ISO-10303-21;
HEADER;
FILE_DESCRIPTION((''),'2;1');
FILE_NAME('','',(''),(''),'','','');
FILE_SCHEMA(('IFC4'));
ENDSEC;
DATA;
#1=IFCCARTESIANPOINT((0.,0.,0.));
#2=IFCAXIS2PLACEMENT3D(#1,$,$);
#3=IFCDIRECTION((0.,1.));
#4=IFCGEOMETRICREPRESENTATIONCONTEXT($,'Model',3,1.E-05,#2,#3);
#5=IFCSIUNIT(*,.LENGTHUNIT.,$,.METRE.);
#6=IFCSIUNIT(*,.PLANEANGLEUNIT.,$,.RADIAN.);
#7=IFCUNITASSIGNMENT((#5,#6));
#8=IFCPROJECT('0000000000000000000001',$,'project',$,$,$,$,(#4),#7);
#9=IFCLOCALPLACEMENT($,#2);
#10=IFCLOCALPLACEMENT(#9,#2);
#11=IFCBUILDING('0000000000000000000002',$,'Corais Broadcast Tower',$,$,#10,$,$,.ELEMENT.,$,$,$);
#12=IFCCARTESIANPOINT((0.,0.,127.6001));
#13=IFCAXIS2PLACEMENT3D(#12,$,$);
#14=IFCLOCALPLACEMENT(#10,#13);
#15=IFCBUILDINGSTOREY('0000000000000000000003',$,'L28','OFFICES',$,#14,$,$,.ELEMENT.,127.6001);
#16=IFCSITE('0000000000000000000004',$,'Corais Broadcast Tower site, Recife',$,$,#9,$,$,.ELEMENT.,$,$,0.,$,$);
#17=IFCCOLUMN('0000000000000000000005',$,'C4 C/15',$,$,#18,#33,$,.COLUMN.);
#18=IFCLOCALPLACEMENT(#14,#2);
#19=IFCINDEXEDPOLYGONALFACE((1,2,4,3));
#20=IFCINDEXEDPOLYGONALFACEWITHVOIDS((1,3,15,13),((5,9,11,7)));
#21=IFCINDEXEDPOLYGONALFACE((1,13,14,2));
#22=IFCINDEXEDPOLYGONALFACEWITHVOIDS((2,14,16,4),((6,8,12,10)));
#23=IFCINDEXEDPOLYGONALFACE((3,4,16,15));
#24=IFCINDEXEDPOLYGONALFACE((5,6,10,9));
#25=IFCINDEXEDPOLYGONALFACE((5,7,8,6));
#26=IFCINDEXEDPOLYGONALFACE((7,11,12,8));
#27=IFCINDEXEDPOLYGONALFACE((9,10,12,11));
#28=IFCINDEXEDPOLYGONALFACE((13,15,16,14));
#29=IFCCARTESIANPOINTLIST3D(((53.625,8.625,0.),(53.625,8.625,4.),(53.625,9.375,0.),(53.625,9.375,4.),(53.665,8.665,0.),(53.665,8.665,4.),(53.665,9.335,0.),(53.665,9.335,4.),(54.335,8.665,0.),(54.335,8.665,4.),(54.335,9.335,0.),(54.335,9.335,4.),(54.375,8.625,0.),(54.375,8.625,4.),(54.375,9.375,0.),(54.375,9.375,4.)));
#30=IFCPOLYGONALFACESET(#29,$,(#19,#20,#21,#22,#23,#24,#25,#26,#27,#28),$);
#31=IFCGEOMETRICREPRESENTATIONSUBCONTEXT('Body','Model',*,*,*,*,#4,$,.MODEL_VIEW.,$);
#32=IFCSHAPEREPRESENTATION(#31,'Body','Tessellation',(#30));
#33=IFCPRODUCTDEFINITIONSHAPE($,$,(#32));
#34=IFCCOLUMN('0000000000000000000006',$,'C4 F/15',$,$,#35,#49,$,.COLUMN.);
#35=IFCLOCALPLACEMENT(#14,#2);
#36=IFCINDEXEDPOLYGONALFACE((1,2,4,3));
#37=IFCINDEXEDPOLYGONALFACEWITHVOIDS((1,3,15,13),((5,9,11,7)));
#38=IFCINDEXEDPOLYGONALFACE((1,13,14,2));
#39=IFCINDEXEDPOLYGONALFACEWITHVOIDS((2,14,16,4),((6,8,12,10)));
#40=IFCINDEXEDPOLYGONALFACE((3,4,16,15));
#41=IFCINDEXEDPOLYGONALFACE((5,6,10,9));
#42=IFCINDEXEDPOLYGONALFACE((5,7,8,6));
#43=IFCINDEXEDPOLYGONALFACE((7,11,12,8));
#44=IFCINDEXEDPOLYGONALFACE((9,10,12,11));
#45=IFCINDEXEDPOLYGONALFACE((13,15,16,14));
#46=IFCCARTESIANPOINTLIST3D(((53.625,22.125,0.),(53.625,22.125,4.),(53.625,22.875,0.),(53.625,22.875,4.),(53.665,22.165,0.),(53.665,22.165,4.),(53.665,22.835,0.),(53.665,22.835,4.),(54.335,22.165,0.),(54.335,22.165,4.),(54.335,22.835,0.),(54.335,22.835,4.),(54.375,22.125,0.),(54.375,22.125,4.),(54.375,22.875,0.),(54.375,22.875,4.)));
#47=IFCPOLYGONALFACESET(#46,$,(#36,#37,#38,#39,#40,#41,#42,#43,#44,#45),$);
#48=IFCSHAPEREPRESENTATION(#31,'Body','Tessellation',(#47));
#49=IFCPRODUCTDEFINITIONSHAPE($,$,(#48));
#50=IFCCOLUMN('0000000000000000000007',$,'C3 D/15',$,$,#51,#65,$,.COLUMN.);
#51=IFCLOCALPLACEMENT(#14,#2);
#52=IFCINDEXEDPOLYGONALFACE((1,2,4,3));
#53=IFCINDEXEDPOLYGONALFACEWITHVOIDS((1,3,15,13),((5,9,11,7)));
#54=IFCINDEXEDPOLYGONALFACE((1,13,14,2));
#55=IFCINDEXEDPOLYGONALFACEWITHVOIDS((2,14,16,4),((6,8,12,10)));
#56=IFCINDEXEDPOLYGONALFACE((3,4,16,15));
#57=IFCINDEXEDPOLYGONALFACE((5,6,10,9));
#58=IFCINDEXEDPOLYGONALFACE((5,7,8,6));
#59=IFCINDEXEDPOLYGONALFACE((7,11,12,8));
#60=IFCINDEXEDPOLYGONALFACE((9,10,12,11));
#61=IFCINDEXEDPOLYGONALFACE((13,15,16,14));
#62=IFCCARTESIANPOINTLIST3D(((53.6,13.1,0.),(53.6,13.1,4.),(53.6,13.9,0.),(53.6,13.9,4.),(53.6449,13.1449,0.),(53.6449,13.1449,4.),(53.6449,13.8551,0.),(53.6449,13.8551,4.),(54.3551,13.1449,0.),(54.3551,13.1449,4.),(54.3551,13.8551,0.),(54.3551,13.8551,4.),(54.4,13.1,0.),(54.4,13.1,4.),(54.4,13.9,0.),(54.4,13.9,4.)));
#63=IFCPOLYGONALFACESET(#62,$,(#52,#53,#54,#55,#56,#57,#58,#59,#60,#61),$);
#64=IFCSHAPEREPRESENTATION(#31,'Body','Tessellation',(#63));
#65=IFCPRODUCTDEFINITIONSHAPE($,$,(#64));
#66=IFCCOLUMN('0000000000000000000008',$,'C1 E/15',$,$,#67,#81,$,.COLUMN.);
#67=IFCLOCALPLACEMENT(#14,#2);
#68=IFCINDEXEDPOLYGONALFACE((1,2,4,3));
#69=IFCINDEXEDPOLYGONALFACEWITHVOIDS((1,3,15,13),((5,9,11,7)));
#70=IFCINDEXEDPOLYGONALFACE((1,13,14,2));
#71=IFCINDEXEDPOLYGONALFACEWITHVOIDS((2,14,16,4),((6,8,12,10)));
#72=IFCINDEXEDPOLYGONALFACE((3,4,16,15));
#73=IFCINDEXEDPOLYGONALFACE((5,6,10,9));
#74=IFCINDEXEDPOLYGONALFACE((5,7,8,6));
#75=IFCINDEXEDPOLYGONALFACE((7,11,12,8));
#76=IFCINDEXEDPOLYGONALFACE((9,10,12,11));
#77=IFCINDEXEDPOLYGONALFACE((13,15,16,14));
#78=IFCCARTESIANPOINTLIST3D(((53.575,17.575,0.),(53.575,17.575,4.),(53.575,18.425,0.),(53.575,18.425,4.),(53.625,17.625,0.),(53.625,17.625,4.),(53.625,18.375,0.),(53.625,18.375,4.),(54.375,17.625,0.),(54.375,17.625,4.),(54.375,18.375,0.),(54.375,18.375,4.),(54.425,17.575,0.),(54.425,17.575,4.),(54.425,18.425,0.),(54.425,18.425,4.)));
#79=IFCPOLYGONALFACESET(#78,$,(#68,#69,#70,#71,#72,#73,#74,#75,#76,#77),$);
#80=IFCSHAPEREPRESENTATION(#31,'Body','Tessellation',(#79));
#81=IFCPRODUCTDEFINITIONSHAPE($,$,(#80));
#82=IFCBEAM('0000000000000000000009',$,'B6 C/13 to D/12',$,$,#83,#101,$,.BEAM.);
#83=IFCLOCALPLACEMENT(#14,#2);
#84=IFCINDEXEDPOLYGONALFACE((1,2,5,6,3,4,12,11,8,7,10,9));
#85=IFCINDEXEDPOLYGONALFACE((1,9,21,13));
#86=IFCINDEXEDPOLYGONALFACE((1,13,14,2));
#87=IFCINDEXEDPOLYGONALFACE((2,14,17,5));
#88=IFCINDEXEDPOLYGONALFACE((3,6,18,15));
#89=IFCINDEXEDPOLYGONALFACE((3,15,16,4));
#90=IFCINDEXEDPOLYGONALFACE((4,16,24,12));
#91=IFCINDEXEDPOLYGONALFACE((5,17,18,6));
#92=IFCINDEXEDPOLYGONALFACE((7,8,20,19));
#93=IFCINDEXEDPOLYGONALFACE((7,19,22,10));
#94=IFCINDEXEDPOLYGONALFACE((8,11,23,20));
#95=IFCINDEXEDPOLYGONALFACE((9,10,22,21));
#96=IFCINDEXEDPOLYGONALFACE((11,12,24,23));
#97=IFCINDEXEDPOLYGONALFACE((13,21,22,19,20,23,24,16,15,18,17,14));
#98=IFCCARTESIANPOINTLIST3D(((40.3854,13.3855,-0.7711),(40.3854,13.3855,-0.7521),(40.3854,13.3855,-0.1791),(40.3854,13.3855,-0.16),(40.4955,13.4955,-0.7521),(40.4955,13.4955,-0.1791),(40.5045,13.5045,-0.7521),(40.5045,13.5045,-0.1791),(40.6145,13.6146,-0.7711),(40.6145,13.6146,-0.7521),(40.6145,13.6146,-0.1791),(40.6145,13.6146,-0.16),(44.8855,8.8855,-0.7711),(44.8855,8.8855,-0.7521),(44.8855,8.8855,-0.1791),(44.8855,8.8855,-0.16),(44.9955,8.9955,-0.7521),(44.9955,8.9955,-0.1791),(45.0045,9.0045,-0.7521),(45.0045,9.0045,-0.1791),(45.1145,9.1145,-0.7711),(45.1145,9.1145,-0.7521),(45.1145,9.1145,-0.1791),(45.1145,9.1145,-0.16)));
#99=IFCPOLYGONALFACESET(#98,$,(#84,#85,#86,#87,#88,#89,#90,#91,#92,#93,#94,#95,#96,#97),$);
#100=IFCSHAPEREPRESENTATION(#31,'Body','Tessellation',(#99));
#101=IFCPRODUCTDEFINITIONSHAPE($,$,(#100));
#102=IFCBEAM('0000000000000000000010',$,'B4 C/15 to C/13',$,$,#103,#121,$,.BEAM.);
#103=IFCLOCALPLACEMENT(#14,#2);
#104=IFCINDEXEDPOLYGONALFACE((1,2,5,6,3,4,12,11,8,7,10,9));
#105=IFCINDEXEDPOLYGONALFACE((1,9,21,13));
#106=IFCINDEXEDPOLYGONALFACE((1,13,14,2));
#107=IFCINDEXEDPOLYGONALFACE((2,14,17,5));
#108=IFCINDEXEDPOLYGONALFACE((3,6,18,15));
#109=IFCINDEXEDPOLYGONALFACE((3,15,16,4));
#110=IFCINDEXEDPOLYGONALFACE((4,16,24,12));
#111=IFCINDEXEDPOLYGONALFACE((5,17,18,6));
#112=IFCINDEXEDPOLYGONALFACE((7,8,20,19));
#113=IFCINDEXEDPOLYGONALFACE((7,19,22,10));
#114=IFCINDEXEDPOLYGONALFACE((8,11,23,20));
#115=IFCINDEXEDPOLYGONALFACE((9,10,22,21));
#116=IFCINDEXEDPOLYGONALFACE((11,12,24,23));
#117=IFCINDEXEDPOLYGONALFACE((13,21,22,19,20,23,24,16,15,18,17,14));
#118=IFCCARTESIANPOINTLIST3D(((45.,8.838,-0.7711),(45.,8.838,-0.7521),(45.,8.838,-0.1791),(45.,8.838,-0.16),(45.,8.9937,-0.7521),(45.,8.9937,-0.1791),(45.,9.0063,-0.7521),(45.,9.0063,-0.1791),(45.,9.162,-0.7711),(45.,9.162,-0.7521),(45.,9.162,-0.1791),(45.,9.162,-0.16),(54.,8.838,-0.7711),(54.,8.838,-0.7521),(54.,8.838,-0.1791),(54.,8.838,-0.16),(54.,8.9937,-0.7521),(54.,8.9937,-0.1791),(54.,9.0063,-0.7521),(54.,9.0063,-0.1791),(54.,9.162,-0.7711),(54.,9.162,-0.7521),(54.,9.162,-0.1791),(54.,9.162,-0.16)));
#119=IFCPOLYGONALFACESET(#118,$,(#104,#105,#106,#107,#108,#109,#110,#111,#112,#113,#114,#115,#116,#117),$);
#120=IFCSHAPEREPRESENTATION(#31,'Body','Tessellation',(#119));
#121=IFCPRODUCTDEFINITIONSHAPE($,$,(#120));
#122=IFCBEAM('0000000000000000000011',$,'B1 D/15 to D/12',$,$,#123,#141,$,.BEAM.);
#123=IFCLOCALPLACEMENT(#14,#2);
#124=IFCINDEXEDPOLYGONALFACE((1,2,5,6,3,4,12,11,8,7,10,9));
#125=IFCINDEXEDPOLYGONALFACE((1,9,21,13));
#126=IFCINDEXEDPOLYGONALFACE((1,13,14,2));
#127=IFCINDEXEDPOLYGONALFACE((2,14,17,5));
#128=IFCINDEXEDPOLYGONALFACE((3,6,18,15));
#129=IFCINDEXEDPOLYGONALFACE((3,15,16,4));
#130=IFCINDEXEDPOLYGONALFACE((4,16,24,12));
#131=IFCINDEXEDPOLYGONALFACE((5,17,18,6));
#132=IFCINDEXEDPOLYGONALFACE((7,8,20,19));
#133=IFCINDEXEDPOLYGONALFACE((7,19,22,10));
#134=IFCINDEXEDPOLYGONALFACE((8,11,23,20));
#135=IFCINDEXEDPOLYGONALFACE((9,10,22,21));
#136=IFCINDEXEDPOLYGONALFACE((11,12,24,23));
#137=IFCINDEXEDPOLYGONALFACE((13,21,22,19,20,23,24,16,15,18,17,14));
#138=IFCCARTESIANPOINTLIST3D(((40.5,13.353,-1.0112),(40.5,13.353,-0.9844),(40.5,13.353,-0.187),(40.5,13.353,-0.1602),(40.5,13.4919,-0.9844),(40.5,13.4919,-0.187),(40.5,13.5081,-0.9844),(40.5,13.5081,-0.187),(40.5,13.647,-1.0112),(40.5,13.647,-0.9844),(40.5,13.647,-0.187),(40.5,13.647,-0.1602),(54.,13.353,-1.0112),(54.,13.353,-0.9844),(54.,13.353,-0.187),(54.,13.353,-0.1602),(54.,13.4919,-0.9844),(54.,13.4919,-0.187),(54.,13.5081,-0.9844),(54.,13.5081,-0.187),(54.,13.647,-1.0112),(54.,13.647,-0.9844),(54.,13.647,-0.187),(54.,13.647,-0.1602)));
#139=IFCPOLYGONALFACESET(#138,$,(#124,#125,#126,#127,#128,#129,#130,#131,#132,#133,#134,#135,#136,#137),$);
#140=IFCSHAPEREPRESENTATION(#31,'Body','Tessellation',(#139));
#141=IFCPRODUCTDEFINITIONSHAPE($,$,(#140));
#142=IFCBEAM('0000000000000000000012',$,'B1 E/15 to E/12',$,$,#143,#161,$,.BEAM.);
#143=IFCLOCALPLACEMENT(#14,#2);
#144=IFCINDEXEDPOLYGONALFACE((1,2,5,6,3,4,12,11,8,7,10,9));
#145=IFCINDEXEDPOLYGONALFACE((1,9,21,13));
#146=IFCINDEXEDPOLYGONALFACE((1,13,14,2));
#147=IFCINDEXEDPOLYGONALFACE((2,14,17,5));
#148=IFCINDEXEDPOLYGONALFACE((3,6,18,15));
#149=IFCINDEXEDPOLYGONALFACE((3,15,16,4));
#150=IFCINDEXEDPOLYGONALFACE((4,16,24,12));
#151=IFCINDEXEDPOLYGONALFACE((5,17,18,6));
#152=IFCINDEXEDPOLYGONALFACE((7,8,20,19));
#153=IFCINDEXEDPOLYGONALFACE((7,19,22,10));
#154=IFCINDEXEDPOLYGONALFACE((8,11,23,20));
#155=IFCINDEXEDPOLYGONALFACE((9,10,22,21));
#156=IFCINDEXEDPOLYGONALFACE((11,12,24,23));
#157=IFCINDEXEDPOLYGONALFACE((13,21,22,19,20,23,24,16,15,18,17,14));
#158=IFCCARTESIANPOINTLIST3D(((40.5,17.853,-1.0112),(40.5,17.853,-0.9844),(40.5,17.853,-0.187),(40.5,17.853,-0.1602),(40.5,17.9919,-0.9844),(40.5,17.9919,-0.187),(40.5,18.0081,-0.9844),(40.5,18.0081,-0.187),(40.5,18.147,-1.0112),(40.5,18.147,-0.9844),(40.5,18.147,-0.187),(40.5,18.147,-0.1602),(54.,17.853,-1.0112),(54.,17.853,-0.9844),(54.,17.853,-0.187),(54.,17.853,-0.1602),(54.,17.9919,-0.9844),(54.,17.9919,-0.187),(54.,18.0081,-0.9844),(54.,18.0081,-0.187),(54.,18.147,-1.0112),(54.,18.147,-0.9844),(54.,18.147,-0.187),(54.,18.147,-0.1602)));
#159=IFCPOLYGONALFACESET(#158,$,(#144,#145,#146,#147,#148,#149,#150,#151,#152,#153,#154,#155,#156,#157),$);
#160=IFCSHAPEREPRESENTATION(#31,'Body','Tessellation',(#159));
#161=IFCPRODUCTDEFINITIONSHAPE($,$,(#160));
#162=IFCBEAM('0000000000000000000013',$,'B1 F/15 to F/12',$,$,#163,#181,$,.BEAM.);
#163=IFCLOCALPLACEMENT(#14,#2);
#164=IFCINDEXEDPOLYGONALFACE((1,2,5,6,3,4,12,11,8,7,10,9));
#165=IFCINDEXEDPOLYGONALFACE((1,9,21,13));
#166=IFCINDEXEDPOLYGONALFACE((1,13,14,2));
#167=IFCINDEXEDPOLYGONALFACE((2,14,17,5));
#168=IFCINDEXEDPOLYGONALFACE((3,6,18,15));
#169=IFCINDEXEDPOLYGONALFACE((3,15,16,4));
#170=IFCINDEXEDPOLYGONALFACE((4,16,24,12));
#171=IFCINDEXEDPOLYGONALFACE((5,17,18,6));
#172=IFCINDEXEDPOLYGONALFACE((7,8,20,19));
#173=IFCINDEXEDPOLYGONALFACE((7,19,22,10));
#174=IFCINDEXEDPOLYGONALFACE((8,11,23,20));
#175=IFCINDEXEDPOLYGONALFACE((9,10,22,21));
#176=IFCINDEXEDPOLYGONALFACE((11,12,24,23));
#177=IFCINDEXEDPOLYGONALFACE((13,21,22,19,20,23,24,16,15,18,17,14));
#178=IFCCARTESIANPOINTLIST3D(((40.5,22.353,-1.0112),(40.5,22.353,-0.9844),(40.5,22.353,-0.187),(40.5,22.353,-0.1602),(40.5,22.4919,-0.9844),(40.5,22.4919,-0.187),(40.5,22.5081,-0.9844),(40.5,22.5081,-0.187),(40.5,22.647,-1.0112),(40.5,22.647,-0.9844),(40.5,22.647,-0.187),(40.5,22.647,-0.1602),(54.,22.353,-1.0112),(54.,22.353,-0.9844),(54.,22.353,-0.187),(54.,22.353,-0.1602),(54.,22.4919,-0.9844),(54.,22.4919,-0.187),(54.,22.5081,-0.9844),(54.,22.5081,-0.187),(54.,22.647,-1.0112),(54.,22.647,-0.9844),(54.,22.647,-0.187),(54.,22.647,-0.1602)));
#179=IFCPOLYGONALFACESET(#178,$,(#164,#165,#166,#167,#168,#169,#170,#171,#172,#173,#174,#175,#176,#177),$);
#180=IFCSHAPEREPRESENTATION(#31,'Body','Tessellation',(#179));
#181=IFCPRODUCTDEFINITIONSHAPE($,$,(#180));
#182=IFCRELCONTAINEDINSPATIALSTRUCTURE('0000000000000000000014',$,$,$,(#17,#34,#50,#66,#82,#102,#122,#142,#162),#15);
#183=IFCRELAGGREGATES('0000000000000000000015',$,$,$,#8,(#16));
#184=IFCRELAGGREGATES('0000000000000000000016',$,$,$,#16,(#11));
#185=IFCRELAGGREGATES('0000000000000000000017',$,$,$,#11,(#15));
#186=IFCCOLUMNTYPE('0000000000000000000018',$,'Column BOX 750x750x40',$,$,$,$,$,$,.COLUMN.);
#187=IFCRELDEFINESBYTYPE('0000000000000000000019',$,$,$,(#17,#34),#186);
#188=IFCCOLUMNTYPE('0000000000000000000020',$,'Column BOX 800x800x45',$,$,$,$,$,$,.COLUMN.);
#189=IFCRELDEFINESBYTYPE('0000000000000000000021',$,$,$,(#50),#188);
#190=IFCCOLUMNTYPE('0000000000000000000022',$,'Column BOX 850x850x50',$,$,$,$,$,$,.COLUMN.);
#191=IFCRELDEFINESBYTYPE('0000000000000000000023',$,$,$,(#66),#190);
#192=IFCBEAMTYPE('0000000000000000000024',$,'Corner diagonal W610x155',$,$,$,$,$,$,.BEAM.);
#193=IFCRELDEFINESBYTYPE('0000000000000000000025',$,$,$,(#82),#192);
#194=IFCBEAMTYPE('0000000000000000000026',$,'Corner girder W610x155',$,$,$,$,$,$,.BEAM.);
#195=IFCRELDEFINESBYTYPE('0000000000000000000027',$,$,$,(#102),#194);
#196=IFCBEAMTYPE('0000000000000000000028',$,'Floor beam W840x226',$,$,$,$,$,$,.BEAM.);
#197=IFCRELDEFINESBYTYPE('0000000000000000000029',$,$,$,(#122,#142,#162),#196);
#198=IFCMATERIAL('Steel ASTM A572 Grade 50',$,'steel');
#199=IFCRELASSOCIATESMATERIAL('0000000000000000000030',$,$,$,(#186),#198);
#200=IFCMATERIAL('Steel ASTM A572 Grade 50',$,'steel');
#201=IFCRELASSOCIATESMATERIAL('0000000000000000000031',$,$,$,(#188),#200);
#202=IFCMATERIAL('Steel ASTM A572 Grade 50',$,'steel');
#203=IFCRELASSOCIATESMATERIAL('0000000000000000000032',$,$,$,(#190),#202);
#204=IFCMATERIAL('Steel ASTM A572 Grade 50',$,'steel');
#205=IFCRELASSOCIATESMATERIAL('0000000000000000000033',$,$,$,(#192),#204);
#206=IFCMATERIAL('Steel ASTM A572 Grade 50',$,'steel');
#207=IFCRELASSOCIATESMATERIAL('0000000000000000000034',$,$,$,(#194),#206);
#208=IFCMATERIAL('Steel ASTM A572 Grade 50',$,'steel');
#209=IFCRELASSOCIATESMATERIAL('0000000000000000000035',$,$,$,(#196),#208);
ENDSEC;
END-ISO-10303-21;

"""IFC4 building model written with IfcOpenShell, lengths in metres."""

from ifc_helpers import new_model, si_unit, direction, frame, origin, origin_2d, place, context, subcontext, project, spatial, hollow_rectangle, i_section, extrude, material, material_profile, profile_set, type_object, element, save


model = new_model("IFC4")

# Units and contexts
model_context = context("Model", 3, precision=1e-05, world=origin(), true_north=direction((0.0, 1.0)))
body_context = subcontext(model_context, "Body", "Model", "MODEL_VIEW")
ifc_project = project(units=[si_unit("LENGTHUNIT", "METRE"), si_unit("PLANEANGLEUNIT", "RADIAN")], contexts=[model_context])

# Site, building, storey
site_placement = place(None, origin())
site = spatial("IfcSite", under=ifc_project, at=site_placement, Name="Corais Broadcast Tower site, Recife", CompositionType="ELEMENT", RefElevation=0.0)
building_placement = place(site_placement, origin())
building = spatial("IfcBuilding", under=site, at=building_placement, Name="Corais Broadcast Tower", CompositionType="ELEMENT")
storey_placement = place(building_placement, frame((0.0, 0.0, 127.6001)))
storey = spatial("IfcBuildingStorey", under=building, at=storey_placement, Name="L28", Description="OFFICES", CompositionType="ELEMENT", Elevation=127.6001)

# Columns
ifc_material_1 = material(Name="Steel ASTM A572 Grade 50", Category="steel")
ifc_material_profile_1 = material_profile(ifc_material_1, hollow_rectangle(XDim=0.75, YDim=0.75, WallThickness=0.04, at=origin_2d()), Name="BOX 750x750x40")
ifc_profile_set_1 = profile_set([ifc_material_profile_1], Name="Steel ASTM A572 Grade 50")
column_type_1 = type_object("IfcColumnType", Name="Column BOX 750x750x40", PredefinedType="COLUMN", material=ifc_profile_set_1)
for number, where, z_axis, x_axis, name in (
    (1, (54.0, 9.0, 0.0), (0.0, 0.0, 1.0), (1.0, 0.0, 0.0), "C4 C/15"),
    (2, (54.0, 22.5, 0.0), (0.0, 0.0, 1.0), (1.0, 0.0, 0.0), "C4 F/15"),
):
    element("IfcColumn", number, at=place(storey_placement, frame(where, z_axis=z_axis, x_axis=x_axis)), inside=storey, type_object=column_type_1, Name=name, PredefinedType="COLUMN", context=body_context, shape_type="SweptSolid", body=[
        extrude(hollow_rectangle(XDim=0.75, YDim=0.75, WallThickness=0.04, at=origin_2d()), origin(), (0.0, 0.0, 1.0), 4.0),
    ])
ifc_material_2 = material(Name="Steel ASTM A572 Grade 50", Category="steel")
ifc_material_profile_2 = material_profile(ifc_material_2, hollow_rectangle(XDim=0.8, YDim=0.8, WallThickness=0.0449, at=origin_2d()), Name="BOX 800x800x45")
ifc_profile_set_2 = profile_set([ifc_material_profile_2], Name="Steel ASTM A572 Grade 50")
column_type_2 = type_object("IfcColumnType", Name="Column BOX 800x800x45", PredefinedType="COLUMN", material=ifc_profile_set_2)
column_1_placement = place(storey_placement, frame((54.0, 13.5, 0.0), z_axis=(0.0, 0.0, 1.0), x_axis=(1.0, 0.0, 0.0)))
element("IfcColumn", 3, at=column_1_placement, inside=storey, type_object=column_type_2, Name="C3 D/15", PredefinedType="COLUMN", context=body_context, shape_type="SweptSolid", body=[
    extrude(hollow_rectangle(XDim=0.8, YDim=0.8, WallThickness=0.0449, at=origin_2d()), origin(), (0.0, 0.0, 1.0), 4.0),
])
ifc_material_3 = material(Name="Steel ASTM A572 Grade 50", Category="steel")
ifc_material_profile_3 = material_profile(ifc_material_3, hollow_rectangle(XDim=0.8501, YDim=0.8501, WallThickness=0.05, at=origin_2d()), Name="BOX 850x850x50")
ifc_profile_set_3 = profile_set([ifc_material_profile_3], Name="Steel ASTM A572 Grade 50")
column_type_3 = type_object("IfcColumnType", Name="Column BOX 850x850x50", PredefinedType="COLUMN", material=ifc_profile_set_3)
column_2_placement = place(storey_placement, frame((54.0, 18.0, 0.0), z_axis=(0.0, 0.0, 1.0), x_axis=(1.0, 0.0, 0.0)))
element("IfcColumn", 4, at=column_2_placement, inside=storey, type_object=column_type_3, Name="C1 E/15", PredefinedType="COLUMN", context=body_context, shape_type="SweptSolid", body=[
    extrude(hollow_rectangle(XDim=0.8501, YDim=0.8501, WallThickness=0.05, at=origin_2d()), origin(), (0.0, 0.0, 1.0), 4.0),
])

# Beams
ifc_material_4 = material(Name="Steel ASTM A572 Grade 50", Category="steel")
ifc_material_profile_4 = material_profile(ifc_material_4, i_section(OverallWidth=0.324, OverallDepth=0.6111, WebThickness=0.0127, FlangeThickness=0.019, at=origin_2d()), Name="W610x155")
ifc_profile_set_4 = profile_set([ifc_material_profile_4], Name="Steel ASTM A572 Grade 50")
beam_type_1 = type_object("IfcBeamType", Name="Corner diagonal W610x155", PredefinedType="BEAM", material=ifc_profile_set_4)
beam_1_placement = place(storey_placement, frame((45.0, 9.0, -0.4656), z_axis=(-0.707107, 0.707107, 0.0), x_axis=(-0.707107, -0.707107, 0.0)))
element("IfcBeam", 5, at=beam_1_placement, inside=storey, type_object=beam_type_1, Name="B6 C/13 to D/12", PredefinedType="BEAM", context=body_context, shape_type="SweptSolid", body=[
    extrude(i_section(OverallWidth=0.324, OverallDepth=0.6111, WebThickness=0.0127, FlangeThickness=0.019, at=origin_2d()), origin(), (0.0, 0.0, 1.0), 6.364),
])
ifc_material_5 = material(Name="Steel ASTM A572 Grade 50", Category="steel")
ifc_material_profile_5 = material_profile(ifc_material_5, i_section(OverallWidth=0.324, OverallDepth=0.6111, WebThickness=0.0127, FlangeThickness=0.019, at=origin_2d()), Name="W610x155")
ifc_profile_set_5 = profile_set([ifc_material_profile_5], Name="Steel ASTM A572 Grade 50")
beam_type_2 = type_object("IfcBeamType", Name="Corner girder W610x155", PredefinedType="BEAM", material=ifc_profile_set_5)
beam_2_placement = place(storey_placement, frame((54.0, 9.0, -0.4656), z_axis=(-1.0, 0.0, 0.0), x_axis=(0.0, -1.0, 0.0)))
element("IfcBeam", 6, at=beam_2_placement, inside=storey, type_object=beam_type_2, Name="B4 C/15 to C/13", PredefinedType="BEAM", context=body_context, shape_type="SweptSolid", body=[
    extrude(i_section(OverallWidth=0.324, OverallDepth=0.6111, WebThickness=0.0127, FlangeThickness=0.019, at=origin_2d()), origin(), (0.0, 0.0, 1.0), 9.0),
])
ifc_material_6 = material(Name="Steel ASTM A572 Grade 50", Category="steel")
ifc_material_profile_6 = material_profile(ifc_material_6, i_section(OverallWidth=0.2939, OverallDepth=0.8511, WebThickness=0.0161, FlangeThickness=0.0269, at=origin_2d()), Name="W840x226")
ifc_profile_set_6 = profile_set([ifc_material_profile_6], Name="Steel ASTM A572 Grade 50")
beam_type_3 = type_object("IfcBeamType", Name="Floor beam W840x226", PredefinedType="BEAM", material=ifc_profile_set_6)
for number, where, z_axis, x_axis, name in (
    (7, (54.0, 13.5, -0.5857), (-1.0, 0.0, 0.0), (0.0, -1.0, 0.0), "B1 D/15 to D/12"),
    (8, (54.0, 18.0, -0.5857), (-1.0, 0.0, 0.0), (0.0, -1.0, 0.0), "B1 E/15 to E/12"),
    (9, (54.0, 22.5, -0.5857), (-1.0, 0.0, 0.0), (0.0, -1.0, 0.0), "B1 F/15 to F/12"),
):
    element("IfcBeam", number, at=place(storey_placement, frame(where, z_axis=z_axis, x_axis=x_axis)), inside=storey, type_object=beam_type_3, Name=name, PredefinedType="BEAM", context=body_context, shape_type="SweptSolid", body=[
        extrude(i_section(OverallWidth=0.2939, OverallDepth=0.8511, WebThickness=0.0161, FlangeThickness=0.0269, at=origin_2d()), origin(), (0.0, 0.0, 1.0), 13.5),
    ])

save(model, "model.ifc")
